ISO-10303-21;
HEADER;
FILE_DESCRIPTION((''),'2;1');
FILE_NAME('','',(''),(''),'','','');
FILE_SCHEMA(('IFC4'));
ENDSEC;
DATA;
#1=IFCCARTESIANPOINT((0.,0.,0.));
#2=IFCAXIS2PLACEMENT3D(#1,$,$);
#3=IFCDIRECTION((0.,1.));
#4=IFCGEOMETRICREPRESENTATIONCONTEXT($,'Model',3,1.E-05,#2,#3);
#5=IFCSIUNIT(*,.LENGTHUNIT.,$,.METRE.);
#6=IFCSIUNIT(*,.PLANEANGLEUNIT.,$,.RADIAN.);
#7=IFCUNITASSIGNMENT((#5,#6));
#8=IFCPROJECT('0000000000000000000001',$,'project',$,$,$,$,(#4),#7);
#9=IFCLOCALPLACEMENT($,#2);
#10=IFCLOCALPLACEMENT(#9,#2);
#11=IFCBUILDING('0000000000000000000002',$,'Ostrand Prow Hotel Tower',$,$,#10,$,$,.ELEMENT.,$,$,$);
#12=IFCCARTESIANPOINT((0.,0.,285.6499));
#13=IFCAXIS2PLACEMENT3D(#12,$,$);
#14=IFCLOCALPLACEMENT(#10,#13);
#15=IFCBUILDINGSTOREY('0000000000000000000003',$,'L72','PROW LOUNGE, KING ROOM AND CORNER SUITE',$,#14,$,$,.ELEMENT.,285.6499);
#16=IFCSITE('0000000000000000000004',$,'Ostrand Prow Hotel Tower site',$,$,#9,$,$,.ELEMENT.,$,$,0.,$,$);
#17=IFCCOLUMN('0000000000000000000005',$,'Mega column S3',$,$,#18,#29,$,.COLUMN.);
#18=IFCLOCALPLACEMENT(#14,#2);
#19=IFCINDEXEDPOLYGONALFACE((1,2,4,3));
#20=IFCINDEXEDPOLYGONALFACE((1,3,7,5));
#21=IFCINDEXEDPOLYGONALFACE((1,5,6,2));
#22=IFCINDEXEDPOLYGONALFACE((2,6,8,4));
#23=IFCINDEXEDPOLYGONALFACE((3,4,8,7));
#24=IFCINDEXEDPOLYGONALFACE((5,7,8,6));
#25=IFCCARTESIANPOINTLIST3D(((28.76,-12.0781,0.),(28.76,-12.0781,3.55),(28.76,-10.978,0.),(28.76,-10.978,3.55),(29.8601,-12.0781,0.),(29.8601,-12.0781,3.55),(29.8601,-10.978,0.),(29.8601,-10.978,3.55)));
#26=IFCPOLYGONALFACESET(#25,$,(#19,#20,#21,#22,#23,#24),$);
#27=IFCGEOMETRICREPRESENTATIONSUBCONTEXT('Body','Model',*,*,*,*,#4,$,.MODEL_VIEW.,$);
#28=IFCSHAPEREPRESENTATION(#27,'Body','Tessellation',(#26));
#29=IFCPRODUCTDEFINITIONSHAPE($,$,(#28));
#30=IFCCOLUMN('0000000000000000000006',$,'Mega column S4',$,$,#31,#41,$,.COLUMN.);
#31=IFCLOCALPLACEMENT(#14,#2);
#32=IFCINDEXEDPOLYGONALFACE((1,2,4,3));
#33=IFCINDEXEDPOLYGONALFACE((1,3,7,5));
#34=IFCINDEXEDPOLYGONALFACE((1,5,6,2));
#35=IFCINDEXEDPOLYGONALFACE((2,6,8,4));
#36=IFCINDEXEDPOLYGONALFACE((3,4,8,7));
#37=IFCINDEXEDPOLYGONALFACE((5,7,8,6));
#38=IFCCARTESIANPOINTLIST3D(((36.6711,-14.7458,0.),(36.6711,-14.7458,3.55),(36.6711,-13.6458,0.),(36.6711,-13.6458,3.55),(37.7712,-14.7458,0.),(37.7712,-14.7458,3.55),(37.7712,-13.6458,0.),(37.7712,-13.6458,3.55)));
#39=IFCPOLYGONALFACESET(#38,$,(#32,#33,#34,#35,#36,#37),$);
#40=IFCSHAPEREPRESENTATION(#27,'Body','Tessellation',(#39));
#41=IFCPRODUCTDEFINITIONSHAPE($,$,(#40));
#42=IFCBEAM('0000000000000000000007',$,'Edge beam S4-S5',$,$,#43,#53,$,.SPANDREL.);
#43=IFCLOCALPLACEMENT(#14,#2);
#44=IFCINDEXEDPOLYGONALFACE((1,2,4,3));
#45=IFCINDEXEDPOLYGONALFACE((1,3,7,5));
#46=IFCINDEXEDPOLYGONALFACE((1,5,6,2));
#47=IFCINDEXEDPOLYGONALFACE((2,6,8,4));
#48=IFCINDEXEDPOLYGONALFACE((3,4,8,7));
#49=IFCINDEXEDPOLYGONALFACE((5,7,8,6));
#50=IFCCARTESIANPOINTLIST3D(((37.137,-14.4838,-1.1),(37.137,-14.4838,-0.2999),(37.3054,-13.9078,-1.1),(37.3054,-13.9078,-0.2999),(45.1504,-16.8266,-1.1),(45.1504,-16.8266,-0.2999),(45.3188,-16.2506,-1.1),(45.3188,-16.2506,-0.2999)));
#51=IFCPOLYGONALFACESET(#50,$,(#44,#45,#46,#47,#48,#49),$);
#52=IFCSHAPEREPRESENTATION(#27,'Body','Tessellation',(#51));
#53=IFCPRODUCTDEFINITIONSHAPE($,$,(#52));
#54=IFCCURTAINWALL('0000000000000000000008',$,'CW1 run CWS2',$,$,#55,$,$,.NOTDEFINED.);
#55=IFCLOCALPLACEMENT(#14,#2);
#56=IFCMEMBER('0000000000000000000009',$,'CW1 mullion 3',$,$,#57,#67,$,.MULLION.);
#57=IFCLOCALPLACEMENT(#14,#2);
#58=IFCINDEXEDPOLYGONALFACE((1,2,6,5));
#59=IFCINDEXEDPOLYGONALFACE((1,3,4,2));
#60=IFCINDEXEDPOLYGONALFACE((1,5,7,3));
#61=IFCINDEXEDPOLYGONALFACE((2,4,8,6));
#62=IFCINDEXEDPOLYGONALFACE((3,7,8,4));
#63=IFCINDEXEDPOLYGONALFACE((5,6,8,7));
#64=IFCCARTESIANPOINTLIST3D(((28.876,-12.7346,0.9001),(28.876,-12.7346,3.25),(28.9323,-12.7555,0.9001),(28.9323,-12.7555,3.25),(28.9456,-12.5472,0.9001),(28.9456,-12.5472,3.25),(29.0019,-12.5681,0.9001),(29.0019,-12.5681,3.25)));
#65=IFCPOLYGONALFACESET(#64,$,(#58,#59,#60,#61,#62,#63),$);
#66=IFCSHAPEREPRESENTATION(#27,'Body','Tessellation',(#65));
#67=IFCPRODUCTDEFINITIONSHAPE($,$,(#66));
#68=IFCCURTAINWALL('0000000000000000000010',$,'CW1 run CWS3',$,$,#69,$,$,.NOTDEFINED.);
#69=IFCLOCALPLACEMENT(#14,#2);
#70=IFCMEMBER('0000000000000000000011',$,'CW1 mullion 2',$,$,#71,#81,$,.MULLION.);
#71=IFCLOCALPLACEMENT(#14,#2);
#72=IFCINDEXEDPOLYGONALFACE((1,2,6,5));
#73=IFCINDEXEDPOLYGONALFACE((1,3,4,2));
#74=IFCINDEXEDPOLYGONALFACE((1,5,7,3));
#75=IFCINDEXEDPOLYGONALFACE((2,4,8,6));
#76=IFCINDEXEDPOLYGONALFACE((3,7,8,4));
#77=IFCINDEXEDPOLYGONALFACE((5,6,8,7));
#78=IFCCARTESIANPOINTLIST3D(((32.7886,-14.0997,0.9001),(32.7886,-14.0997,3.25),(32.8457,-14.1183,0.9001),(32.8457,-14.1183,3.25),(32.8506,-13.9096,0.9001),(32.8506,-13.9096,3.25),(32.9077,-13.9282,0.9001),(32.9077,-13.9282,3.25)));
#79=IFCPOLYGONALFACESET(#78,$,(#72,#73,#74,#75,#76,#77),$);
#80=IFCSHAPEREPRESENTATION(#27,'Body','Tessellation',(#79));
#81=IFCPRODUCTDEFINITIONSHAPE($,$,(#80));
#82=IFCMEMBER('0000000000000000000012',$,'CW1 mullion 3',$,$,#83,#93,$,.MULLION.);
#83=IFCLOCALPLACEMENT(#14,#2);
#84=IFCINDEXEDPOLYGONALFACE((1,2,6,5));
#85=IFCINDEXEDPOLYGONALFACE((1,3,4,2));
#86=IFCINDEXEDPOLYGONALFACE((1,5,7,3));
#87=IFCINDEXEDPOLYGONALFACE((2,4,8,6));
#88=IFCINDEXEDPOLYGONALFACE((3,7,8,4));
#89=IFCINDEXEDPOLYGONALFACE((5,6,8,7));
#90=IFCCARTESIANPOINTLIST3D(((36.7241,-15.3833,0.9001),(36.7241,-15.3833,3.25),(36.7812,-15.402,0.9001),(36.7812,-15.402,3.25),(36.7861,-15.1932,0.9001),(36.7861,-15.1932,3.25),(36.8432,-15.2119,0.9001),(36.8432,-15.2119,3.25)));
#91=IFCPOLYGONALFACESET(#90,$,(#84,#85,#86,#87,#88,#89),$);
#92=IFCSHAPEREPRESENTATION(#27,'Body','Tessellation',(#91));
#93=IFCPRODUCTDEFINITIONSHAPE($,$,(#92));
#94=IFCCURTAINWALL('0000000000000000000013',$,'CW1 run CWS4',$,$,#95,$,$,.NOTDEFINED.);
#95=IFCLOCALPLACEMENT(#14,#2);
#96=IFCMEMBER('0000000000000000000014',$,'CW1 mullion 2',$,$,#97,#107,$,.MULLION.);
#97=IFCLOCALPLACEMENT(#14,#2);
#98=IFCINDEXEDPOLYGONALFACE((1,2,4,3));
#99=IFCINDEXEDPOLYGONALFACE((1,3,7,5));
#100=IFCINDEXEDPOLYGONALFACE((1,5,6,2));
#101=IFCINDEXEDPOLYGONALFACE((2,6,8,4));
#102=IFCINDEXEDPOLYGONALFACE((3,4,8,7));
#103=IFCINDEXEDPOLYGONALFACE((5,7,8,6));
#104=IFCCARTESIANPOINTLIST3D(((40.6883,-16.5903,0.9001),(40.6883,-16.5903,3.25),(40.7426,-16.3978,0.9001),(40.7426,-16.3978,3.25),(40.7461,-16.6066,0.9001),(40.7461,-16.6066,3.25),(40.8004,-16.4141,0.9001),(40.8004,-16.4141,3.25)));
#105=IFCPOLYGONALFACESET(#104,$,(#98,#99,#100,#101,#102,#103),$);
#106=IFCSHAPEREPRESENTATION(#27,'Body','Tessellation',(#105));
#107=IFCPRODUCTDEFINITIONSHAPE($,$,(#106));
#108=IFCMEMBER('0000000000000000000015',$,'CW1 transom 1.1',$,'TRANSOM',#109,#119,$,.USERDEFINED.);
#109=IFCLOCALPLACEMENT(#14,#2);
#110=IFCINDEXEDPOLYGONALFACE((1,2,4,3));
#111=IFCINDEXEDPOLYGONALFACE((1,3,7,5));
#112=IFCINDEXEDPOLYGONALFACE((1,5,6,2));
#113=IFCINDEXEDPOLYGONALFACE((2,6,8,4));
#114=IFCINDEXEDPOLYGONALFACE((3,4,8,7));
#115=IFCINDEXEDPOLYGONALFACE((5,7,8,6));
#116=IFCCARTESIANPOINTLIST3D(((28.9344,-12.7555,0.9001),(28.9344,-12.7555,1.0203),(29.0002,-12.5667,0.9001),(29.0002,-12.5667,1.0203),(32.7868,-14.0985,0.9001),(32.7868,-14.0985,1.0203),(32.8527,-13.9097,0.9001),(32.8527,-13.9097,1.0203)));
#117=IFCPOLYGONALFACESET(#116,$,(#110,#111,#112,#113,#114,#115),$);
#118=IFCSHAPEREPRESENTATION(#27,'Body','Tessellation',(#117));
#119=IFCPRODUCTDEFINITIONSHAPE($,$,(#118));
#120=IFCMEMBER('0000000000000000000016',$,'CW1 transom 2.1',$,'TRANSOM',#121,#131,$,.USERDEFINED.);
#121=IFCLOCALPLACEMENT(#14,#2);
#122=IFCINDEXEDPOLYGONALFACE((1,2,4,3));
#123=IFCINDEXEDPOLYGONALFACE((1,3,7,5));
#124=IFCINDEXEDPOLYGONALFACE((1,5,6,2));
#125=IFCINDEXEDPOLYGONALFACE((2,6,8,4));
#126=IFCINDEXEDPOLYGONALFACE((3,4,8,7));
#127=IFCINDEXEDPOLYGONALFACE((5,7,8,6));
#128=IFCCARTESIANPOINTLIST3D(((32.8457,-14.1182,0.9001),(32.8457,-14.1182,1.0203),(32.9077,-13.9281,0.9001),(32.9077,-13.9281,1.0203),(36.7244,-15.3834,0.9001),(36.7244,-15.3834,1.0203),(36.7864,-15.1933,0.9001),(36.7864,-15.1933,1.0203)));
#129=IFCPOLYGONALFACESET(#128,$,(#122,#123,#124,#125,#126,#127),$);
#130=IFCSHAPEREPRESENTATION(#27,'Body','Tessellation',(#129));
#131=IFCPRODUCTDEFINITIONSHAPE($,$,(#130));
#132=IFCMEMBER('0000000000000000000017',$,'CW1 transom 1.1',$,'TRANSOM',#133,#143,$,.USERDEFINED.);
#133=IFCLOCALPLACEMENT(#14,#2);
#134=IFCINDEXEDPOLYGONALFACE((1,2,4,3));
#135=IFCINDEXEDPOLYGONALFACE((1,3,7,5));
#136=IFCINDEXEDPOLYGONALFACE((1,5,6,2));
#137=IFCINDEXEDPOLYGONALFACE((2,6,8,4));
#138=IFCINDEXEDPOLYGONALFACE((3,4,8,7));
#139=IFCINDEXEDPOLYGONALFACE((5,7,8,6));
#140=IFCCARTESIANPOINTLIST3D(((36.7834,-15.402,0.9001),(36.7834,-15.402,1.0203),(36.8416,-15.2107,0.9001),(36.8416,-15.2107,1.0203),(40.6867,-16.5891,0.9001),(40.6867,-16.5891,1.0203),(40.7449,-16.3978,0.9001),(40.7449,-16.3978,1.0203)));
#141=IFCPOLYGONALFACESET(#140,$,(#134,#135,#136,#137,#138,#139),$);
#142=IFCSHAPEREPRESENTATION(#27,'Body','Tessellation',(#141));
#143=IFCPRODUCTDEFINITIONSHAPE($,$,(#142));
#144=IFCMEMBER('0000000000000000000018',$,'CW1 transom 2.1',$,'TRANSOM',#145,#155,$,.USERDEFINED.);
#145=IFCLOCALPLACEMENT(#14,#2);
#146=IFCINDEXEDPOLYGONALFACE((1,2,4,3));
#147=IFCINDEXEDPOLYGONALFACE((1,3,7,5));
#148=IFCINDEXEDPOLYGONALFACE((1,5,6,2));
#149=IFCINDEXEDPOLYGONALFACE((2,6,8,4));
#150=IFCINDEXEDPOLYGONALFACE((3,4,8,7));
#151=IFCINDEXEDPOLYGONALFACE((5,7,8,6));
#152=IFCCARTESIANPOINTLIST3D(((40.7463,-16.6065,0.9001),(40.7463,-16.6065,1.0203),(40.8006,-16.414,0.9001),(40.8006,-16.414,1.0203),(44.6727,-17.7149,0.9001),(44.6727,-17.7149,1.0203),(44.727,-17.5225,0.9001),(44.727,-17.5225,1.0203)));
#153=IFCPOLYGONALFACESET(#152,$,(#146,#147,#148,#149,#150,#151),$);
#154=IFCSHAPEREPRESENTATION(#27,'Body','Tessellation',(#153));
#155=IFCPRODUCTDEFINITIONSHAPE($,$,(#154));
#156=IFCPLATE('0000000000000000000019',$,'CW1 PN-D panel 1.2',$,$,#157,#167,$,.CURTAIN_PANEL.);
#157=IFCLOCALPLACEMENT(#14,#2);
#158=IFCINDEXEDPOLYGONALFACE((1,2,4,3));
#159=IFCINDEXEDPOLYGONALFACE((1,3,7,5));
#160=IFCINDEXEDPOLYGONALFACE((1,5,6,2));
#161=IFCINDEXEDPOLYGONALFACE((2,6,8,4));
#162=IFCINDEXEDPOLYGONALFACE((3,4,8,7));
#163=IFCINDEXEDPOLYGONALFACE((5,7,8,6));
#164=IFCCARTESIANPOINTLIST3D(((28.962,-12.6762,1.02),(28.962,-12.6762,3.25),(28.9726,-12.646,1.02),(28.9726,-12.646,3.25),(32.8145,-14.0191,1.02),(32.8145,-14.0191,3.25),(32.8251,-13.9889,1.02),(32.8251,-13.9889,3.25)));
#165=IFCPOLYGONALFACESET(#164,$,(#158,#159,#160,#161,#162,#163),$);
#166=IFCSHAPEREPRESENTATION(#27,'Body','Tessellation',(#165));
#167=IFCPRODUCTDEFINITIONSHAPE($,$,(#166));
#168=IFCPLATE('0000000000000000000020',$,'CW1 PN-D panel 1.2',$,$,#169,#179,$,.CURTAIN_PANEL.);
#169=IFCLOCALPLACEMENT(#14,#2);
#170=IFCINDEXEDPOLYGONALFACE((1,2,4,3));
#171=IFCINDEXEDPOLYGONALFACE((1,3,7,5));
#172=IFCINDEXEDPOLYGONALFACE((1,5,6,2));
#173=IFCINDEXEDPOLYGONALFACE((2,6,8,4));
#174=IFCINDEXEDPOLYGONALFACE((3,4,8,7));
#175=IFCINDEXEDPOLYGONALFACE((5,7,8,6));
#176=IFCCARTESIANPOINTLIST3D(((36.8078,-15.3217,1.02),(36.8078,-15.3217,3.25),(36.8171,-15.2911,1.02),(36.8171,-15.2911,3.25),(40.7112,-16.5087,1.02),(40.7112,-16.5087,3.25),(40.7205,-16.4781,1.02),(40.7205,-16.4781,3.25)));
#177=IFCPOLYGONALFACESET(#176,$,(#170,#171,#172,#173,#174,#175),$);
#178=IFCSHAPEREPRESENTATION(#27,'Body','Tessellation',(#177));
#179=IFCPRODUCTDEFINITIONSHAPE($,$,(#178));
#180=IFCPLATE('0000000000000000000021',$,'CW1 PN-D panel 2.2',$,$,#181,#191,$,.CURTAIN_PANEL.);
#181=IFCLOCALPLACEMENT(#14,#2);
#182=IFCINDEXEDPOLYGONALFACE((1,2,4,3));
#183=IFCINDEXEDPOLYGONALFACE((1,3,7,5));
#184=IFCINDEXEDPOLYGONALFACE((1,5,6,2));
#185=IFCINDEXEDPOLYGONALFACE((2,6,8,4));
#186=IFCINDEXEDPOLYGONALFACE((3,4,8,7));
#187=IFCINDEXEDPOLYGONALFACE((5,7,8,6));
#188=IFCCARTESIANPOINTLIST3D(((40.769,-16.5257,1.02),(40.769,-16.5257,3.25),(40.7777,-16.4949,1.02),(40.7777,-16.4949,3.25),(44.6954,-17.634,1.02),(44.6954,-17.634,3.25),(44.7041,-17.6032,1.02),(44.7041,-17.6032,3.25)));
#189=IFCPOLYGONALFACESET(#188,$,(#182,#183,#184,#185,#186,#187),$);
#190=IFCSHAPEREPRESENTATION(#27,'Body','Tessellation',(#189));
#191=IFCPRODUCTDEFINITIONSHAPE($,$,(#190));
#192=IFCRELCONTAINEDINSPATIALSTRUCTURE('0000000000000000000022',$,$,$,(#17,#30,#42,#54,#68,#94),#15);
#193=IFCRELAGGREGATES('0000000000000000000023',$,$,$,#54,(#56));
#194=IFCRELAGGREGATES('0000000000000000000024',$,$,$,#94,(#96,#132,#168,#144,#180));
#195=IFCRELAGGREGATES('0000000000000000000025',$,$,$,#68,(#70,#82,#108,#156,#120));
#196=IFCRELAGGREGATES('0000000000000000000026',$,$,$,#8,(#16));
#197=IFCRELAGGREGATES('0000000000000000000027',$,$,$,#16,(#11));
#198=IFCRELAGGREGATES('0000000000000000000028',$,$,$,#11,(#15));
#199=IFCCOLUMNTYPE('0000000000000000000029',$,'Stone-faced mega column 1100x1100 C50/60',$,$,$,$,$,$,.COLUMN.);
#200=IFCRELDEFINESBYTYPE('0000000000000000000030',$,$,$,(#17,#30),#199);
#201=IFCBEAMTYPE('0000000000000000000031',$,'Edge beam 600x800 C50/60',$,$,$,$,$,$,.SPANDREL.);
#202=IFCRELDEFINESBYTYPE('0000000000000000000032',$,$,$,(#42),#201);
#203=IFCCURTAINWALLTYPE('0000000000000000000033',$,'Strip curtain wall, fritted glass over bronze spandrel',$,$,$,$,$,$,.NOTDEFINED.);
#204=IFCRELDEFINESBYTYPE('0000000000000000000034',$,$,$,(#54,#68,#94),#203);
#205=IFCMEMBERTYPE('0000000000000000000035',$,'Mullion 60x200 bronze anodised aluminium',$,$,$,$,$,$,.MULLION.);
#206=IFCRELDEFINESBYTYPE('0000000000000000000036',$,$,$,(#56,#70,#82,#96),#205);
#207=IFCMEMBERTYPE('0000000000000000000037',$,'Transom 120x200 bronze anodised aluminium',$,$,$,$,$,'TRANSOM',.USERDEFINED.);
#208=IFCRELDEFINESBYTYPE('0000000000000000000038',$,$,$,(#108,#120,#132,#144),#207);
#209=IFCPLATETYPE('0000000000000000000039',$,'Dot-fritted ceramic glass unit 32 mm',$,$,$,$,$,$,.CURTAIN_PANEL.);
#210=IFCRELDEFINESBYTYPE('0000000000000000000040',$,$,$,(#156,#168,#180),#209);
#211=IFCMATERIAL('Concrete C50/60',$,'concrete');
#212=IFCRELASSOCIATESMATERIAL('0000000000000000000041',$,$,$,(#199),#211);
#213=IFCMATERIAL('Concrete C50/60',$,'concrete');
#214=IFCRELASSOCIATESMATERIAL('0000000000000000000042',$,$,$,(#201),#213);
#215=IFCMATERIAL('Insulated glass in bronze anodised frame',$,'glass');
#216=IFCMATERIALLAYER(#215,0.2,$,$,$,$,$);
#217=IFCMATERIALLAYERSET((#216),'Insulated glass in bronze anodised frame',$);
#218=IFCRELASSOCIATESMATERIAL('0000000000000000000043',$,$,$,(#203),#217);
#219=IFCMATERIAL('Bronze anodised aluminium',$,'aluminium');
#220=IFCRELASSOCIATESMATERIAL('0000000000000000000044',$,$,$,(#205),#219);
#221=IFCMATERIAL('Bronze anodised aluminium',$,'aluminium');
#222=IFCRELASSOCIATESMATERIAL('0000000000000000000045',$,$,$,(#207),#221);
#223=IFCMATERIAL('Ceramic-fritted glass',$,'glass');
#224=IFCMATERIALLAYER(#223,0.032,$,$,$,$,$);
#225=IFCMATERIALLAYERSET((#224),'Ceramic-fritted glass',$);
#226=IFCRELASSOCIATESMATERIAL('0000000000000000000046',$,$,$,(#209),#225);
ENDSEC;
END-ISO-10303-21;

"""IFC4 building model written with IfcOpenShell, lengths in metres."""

from ifc_helpers import new_model, si_unit, direction, frame, origin, origin_2d, place, context, subcontext, project, spatial, rectangle, extrude, material, layer, layer_set, material_profile, profile_set, type_object, element, aggregate, save


model = new_model("IFC4")

# Units and contexts
model_context = context("Model", 3, precision=1e-05, world=origin(), true_north=direction((0.0, 1.0)))
body_context = subcontext(model_context, "Body", "Model", "MODEL_VIEW")
ifc_project = project(units=[si_unit("LENGTHUNIT", "METRE"), si_unit("PLANEANGLEUNIT", "RADIAN")], contexts=[model_context])

# Site, building, storey
site_placement = place(None, origin())
site = spatial("IfcSite", under=ifc_project, at=site_placement, Name="Ostrand Prow Hotel Tower site", CompositionType="ELEMENT", RefElevation=0.0)
building_placement = place(site_placement, origin())
building = spatial("IfcBuilding", under=site, at=building_placement, Name="Ostrand Prow Hotel Tower", CompositionType="ELEMENT")
storey_placement = place(building_placement, frame((0.0, 0.0, 285.6499)))
storey = spatial("IfcBuildingStorey", under=building, at=storey_placement, Name="L72", Description="PROW LOUNGE, KING ROOM AND CORNER SUITE", CompositionType="ELEMENT", Elevation=285.6499)

# Columns
ifc_material_1 = material(Name="Concrete C50/60", Category="concrete")
ifc_material_profile_1 = material_profile(ifc_material_1, rectangle(XDim=1.1001, YDim=1.1001, at=origin_2d()), Name="RC 1100x1100")
ifc_profile_set_1 = profile_set([ifc_material_profile_1], Name="Concrete C50/60")
column_type = type_object("IfcColumnType", Name="Stone-faced mega column 1100x1100 C50/60", PredefinedType="COLUMN", material=ifc_profile_set_1)
for number, where, z_axis, x_axis, name in (
    (1, (29.3101, -11.5281, 0.0), (0.0, 0.0, 1.0), (1.0, 0.0, 0.0), "Mega column S3"),
    (2, (37.2212, -14.1958, 0.0), (0.0, 0.0, 1.0), (1.0, 0.0, 0.0), "Mega column S4"),
):
    element("IfcColumn", number, at=place(storey_placement, frame(where, z_axis=z_axis, x_axis=x_axis)), inside=storey, type_object=column_type, Name=name, PredefinedType="COLUMN", context=body_context, shape_type="SweptSolid", body=[
        extrude(rectangle(XDim=1.1001, YDim=1.1001, at=origin_2d()), origin(), (0.0, 0.0, 1.0), 3.55),
    ])

# Beam
ifc_material_2 = material(Name="Concrete C50/60", Category="concrete")
ifc_material_profile_2 = material_profile(ifc_material_2, rectangle(XDim=0.6001, YDim=0.8, at=origin_2d()), Name="RC 600x800")
ifc_profile_set_2 = profile_set([ifc_material_profile_2], Name="Concrete C50/60")
beam_type = type_object("IfcBeamType", Name="Edge beam 600x800 C50/60", PredefinedType="SPANDREL", material=ifc_profile_set_2)
beam_placement = place(storey_placement, frame((37.2212, -14.1958, -0.7), z_axis=(0.959822, -0.28061, 0.0), x_axis=(0.28061, 0.959822, 0.0)))
element("IfcBeam", 3, at=beam_placement, inside=storey, type_object=beam_type, Name="Edge beam S4-S5", PredefinedType="SPANDREL", context=body_context, shape_type="SweptSolid", body=[
    extrude(rectangle(XDim=0.6001, YDim=0.8, at=origin_2d()), origin(), (0.0, 0.0, 1.0), 8.3489),
])

# Curtain wall, member
ifc_material_3 = material(Name="Insulated glass in bronze anodised frame", Category="glass")
ifc_layer_1 = layer(ifc_material_3, 0.2)
ifc_layer_set_1 = layer_set([ifc_layer_1], Name="Insulated glass in bronze anodised frame")
curtain_wall_type = type_object("IfcCurtainWallType", Name="Strip curtain wall, fritted glass over bronze spandrel", PredefinedType="NOTDEFINED", material=ifc_layer_set_1)
curtain_wall_1_placement = place(storey_placement, origin())
curtain_wall_1 = element("IfcCurtainWall", 4, at=curtain_wall_1_placement, inside=storey, type_object=curtain_wall_type, Name="CW1 run CWS2", PredefinedType="NOTDEFINED")
ifc_material_4 = material(Name="Bronze anodised aluminium", Category="aluminium")
ifc_material_profile_3 = material_profile(ifc_material_4, rectangle(XDim=0.2, YDim=0.0601, at=origin_2d()), Name="Mullion 60x200 bronze anodised aluminium")
ifc_profile_set_3 = profile_set([ifc_material_profile_3], Name="Bronze anodised aluminium")
member_type_1 = type_object("IfcMemberType", Name="Mullion 60x200 bronze anodised aluminium", PredefinedType="MULLION", material=ifc_profile_set_3)
member_1_placement = place(storey_placement, frame((28.939, -12.6514, 0.9001), z_axis=(0.0, 0.0, 1.0), x_axis=(0.348071, 0.937468, 0.0)))
member_1 = element("IfcMember", 5, at=member_1_placement, type_object=member_type_1, Name="CW1 mullion 3", PredefinedType="MULLION", context=body_context, shape_type="SweptSolid", body=[
    extrude(rectangle(XDim=0.2, YDim=0.0601, at=origin_2d()), origin(), (0.0, 0.0, 1.0), 2.3499),
])
aggregate(curtain_wall_1, [member_1])

# Curtain wall, members
curtain_wall_2_placement = place(storey_placement, origin())
curtain_wall_2 = element("IfcCurtainWall", 6, at=curtain_wall_2_placement, inside=storey, type_object=curtain_wall_type, Name="CW1 run CWS3", PredefinedType="NOTDEFINED")
member_2_placement = place(storey_placement, frame((32.8481, -14.0139, 0.9001), z_axis=(0.0, 0.0, 1.0), x_axis=(0.310111, 0.9507, 0.0)))
member_2 = element("IfcMember", 7, at=member_2_placement, type_object=member_type_1, Name="CW1 mullion 2", PredefinedType="MULLION", context=body_context, shape_type="SweptSolid", body=[
    extrude(rectangle(XDim=0.2, YDim=0.0601, at=origin_2d()), origin(), (0.0, 0.0, 1.0), 2.3499),
])
member_3_placement = place(storey_placement, frame((36.7837, -15.2976, 0.9001), z_axis=(0.0, 0.0, 1.0), x_axis=(0.310111, 0.9507, 0.0)))
member_3 = element("IfcMember", 8, at=member_3_placement, type_object=member_type_1, Name="CW1 mullion 3", PredefinedType="MULLION", context=body_context, shape_type="SweptSolid", body=[
    extrude(rectangle(XDim=0.2, YDim=0.0601, at=origin_2d()), origin(), (0.0, 0.0, 1.0), 2.3499),
])

# Curtain wall, member
curtain_wall_3_placement = place(storey_placement, origin())
curtain_wall_3 = element("IfcCurtainWall", 9, at=curtain_wall_3_placement, inside=storey, type_object=curtain_wall_type, Name="CW1 run CWS4", PredefinedType="NOTDEFINED")
member_4_placement = place(storey_placement, frame((40.7444, -16.5022, 0.9001), z_axis=(0.0, 0.0, 1.0), x_axis=(0.271649, 0.962396, 0.0)))
member_4 = element("IfcMember", 10, at=member_4_placement, type_object=member_type_1, Name="CW1 mullion 2", PredefinedType="MULLION", context=body_context, shape_type="SweptSolid", body=[
    extrude(rectangle(XDim=0.2, YDim=0.0601, at=origin_2d()), origin(), (0.0, 0.0, 1.0), 2.3499),
])

# Members
ifc_material_5 = material(Name="Bronze anodised aluminium", Category="aluminium")
ifc_material_profile_4 = material_profile(ifc_material_5, rectangle(XDim=0.2, YDim=0.1201, at=origin_2d()), Name="Transom 120x200 bronze anodised aluminium")
ifc_profile_set_4 = profile_set([ifc_material_profile_4], Name="Bronze anodised aluminium")
member_type_2 = type_object("IfcMemberType", Name="Transom 120x200 bronze anodised aluminium", ElementType="TRANSOM", PredefinedType="USERDEFINED", material=ifc_profile_set_4)
member_5_placement = place(storey_placement, frame((28.9673, -12.6611, 0.9602), z_axis=(0.944268, -0.329177, 0.0), x_axis=(0.329177, 0.944268, 0.0)))
member_5 = element("IfcMember", 11, at=member_5_placement, type_object=member_type_2, Name="CW1 transom 1.1", ObjectType="TRANSOM", PredefinedType="USERDEFINED", context=body_context, shape_type="SweptSolid", body=[
    extrude(rectangle(XDim=0.2, YDim=0.1201, at=origin_2d()), origin(), (0.0, 0.0, 1.0), 4.0798),
])
member_6_placement = place(storey_placement, frame((32.8767, -14.0232, 0.9602), z_axis=(0.950704, -0.310099, 0.0), x_axis=(0.310099, 0.950704, 0.0)))
member_6 = element("IfcMember", 12, at=member_6_placement, type_object=member_type_2, Name="CW1 transom 2.1", ObjectType="TRANSOM", PredefinedType="USERDEFINED", context=body_context, shape_type="SweptSolid", body=[
    extrude(rectangle(XDim=0.2, YDim=0.1201, at=origin_2d()), origin(), (0.0, 0.0, 1.0), 4.0798),
])
member_7_placement = place(storey_placement, frame((36.8125, -15.3064, 0.9602), z_axis=(0.956739, -0.290947, 0.0), x_axis=(0.290947, 0.956739, 0.0)))
member_7 = element("IfcMember", 13, at=member_7_placement, type_object=member_type_2, Name="CW1 transom 1.1", ObjectType="TRANSOM", PredefinedType="USERDEFINED", context=body_context, shape_type="SweptSolid", body=[
    extrude(rectangle(XDim=0.2, YDim=0.1201, at=origin_2d()), origin(), (0.0, 0.0, 1.0), 4.0798),
])
member_8_placement = place(storey_placement, frame((40.7734, -16.5103, 0.9602), z_axis=(0.962386, -0.271685, 0.0), x_axis=(0.271685, 0.962386, 0.0)))
member_8 = element("IfcMember", 14, at=member_8_placement, type_object=member_type_2, Name="CW1 transom 2.1", ObjectType="TRANSOM", PredefinedType="USERDEFINED", context=body_context, shape_type="SweptSolid", body=[
    extrude(rectangle(XDim=0.2, YDim=0.1201, at=origin_2d()), origin(), (0.0, 0.0, 1.0), 4.0798),
])

# Plates
ifc_material_6 = material(Name="Ceramic-fritted glass", Category="glass")
ifc_layer_2 = layer(ifc_material_6, 0.032)
ifc_layer_set_2 = layer_set([ifc_layer_2], Name="Ceramic-fritted glass")
plate_type_1 = type_object("IfcPlateType", Name="Dot-fritted ceramic glass unit 32 mm", PredefinedType="CURTAIN_PANEL", material=ifc_layer_set_2)
plate_1_placement = place(storey_placement, frame((30.8936, -13.3325, 1.02), z_axis=(0.0, 0.0, 1.0), x_axis=(0.944275, -0.329158, 0.0)))
plate_1 = element("IfcPlate", 15, at=plate_1_placement, type_object=plate_type_1, Name="CW1 PN-D panel 1.2", PredefinedType="CURTAIN_PANEL", context=body_context, shape_type="SweptSolid", body=[
    extrude(rectangle(XDim=4.0798, YDim=0.032, at=origin_2d()), origin(), (0.0, 0.0, 1.0), 2.23),
])
plate_2_placement = place(storey_placement, frame((38.7642, -15.8999, 1.02), z_axis=(0.0, 0.0, 1.0), x_axis=(0.956742, -0.290938, 0.0)))
plate_2 = element("IfcPlate", 16, at=plate_2_placement, type_object=plate_type_1, Name="CW1 PN-D panel 1.2", PredefinedType="CURTAIN_PANEL", context=body_context, shape_type="SweptSolid", body=[
    extrude(rectangle(XDim=4.0798, YDim=0.032, at=origin_2d()), origin(), (0.0, 0.0, 1.0), 2.23),
])
plate_3_placement = place(storey_placement, frame((42.7366, -17.0645, 1.02), z_axis=(0.0, 0.0, 1.0), x_axis=(0.962396, -0.271649, 0.0)))
plate_3 = element("IfcPlate", 17, at=plate_3_placement, type_object=plate_type_1, Name="CW1 PN-D panel 2.2", PredefinedType="CURTAIN_PANEL", context=body_context, shape_type="SweptSolid", body=[
    extrude(rectangle(XDim=4.0798, YDim=0.032, at=origin_2d()), origin(), (0.0, 0.0, 1.0), 2.23),
])
aggregate(curtain_wall_3, [member_4, member_7, plate_2, member_8, plate_3])
aggregate(curtain_wall_2, [member_2, member_3, member_5, plate_1, member_6])

save(model, "model.ifc")
